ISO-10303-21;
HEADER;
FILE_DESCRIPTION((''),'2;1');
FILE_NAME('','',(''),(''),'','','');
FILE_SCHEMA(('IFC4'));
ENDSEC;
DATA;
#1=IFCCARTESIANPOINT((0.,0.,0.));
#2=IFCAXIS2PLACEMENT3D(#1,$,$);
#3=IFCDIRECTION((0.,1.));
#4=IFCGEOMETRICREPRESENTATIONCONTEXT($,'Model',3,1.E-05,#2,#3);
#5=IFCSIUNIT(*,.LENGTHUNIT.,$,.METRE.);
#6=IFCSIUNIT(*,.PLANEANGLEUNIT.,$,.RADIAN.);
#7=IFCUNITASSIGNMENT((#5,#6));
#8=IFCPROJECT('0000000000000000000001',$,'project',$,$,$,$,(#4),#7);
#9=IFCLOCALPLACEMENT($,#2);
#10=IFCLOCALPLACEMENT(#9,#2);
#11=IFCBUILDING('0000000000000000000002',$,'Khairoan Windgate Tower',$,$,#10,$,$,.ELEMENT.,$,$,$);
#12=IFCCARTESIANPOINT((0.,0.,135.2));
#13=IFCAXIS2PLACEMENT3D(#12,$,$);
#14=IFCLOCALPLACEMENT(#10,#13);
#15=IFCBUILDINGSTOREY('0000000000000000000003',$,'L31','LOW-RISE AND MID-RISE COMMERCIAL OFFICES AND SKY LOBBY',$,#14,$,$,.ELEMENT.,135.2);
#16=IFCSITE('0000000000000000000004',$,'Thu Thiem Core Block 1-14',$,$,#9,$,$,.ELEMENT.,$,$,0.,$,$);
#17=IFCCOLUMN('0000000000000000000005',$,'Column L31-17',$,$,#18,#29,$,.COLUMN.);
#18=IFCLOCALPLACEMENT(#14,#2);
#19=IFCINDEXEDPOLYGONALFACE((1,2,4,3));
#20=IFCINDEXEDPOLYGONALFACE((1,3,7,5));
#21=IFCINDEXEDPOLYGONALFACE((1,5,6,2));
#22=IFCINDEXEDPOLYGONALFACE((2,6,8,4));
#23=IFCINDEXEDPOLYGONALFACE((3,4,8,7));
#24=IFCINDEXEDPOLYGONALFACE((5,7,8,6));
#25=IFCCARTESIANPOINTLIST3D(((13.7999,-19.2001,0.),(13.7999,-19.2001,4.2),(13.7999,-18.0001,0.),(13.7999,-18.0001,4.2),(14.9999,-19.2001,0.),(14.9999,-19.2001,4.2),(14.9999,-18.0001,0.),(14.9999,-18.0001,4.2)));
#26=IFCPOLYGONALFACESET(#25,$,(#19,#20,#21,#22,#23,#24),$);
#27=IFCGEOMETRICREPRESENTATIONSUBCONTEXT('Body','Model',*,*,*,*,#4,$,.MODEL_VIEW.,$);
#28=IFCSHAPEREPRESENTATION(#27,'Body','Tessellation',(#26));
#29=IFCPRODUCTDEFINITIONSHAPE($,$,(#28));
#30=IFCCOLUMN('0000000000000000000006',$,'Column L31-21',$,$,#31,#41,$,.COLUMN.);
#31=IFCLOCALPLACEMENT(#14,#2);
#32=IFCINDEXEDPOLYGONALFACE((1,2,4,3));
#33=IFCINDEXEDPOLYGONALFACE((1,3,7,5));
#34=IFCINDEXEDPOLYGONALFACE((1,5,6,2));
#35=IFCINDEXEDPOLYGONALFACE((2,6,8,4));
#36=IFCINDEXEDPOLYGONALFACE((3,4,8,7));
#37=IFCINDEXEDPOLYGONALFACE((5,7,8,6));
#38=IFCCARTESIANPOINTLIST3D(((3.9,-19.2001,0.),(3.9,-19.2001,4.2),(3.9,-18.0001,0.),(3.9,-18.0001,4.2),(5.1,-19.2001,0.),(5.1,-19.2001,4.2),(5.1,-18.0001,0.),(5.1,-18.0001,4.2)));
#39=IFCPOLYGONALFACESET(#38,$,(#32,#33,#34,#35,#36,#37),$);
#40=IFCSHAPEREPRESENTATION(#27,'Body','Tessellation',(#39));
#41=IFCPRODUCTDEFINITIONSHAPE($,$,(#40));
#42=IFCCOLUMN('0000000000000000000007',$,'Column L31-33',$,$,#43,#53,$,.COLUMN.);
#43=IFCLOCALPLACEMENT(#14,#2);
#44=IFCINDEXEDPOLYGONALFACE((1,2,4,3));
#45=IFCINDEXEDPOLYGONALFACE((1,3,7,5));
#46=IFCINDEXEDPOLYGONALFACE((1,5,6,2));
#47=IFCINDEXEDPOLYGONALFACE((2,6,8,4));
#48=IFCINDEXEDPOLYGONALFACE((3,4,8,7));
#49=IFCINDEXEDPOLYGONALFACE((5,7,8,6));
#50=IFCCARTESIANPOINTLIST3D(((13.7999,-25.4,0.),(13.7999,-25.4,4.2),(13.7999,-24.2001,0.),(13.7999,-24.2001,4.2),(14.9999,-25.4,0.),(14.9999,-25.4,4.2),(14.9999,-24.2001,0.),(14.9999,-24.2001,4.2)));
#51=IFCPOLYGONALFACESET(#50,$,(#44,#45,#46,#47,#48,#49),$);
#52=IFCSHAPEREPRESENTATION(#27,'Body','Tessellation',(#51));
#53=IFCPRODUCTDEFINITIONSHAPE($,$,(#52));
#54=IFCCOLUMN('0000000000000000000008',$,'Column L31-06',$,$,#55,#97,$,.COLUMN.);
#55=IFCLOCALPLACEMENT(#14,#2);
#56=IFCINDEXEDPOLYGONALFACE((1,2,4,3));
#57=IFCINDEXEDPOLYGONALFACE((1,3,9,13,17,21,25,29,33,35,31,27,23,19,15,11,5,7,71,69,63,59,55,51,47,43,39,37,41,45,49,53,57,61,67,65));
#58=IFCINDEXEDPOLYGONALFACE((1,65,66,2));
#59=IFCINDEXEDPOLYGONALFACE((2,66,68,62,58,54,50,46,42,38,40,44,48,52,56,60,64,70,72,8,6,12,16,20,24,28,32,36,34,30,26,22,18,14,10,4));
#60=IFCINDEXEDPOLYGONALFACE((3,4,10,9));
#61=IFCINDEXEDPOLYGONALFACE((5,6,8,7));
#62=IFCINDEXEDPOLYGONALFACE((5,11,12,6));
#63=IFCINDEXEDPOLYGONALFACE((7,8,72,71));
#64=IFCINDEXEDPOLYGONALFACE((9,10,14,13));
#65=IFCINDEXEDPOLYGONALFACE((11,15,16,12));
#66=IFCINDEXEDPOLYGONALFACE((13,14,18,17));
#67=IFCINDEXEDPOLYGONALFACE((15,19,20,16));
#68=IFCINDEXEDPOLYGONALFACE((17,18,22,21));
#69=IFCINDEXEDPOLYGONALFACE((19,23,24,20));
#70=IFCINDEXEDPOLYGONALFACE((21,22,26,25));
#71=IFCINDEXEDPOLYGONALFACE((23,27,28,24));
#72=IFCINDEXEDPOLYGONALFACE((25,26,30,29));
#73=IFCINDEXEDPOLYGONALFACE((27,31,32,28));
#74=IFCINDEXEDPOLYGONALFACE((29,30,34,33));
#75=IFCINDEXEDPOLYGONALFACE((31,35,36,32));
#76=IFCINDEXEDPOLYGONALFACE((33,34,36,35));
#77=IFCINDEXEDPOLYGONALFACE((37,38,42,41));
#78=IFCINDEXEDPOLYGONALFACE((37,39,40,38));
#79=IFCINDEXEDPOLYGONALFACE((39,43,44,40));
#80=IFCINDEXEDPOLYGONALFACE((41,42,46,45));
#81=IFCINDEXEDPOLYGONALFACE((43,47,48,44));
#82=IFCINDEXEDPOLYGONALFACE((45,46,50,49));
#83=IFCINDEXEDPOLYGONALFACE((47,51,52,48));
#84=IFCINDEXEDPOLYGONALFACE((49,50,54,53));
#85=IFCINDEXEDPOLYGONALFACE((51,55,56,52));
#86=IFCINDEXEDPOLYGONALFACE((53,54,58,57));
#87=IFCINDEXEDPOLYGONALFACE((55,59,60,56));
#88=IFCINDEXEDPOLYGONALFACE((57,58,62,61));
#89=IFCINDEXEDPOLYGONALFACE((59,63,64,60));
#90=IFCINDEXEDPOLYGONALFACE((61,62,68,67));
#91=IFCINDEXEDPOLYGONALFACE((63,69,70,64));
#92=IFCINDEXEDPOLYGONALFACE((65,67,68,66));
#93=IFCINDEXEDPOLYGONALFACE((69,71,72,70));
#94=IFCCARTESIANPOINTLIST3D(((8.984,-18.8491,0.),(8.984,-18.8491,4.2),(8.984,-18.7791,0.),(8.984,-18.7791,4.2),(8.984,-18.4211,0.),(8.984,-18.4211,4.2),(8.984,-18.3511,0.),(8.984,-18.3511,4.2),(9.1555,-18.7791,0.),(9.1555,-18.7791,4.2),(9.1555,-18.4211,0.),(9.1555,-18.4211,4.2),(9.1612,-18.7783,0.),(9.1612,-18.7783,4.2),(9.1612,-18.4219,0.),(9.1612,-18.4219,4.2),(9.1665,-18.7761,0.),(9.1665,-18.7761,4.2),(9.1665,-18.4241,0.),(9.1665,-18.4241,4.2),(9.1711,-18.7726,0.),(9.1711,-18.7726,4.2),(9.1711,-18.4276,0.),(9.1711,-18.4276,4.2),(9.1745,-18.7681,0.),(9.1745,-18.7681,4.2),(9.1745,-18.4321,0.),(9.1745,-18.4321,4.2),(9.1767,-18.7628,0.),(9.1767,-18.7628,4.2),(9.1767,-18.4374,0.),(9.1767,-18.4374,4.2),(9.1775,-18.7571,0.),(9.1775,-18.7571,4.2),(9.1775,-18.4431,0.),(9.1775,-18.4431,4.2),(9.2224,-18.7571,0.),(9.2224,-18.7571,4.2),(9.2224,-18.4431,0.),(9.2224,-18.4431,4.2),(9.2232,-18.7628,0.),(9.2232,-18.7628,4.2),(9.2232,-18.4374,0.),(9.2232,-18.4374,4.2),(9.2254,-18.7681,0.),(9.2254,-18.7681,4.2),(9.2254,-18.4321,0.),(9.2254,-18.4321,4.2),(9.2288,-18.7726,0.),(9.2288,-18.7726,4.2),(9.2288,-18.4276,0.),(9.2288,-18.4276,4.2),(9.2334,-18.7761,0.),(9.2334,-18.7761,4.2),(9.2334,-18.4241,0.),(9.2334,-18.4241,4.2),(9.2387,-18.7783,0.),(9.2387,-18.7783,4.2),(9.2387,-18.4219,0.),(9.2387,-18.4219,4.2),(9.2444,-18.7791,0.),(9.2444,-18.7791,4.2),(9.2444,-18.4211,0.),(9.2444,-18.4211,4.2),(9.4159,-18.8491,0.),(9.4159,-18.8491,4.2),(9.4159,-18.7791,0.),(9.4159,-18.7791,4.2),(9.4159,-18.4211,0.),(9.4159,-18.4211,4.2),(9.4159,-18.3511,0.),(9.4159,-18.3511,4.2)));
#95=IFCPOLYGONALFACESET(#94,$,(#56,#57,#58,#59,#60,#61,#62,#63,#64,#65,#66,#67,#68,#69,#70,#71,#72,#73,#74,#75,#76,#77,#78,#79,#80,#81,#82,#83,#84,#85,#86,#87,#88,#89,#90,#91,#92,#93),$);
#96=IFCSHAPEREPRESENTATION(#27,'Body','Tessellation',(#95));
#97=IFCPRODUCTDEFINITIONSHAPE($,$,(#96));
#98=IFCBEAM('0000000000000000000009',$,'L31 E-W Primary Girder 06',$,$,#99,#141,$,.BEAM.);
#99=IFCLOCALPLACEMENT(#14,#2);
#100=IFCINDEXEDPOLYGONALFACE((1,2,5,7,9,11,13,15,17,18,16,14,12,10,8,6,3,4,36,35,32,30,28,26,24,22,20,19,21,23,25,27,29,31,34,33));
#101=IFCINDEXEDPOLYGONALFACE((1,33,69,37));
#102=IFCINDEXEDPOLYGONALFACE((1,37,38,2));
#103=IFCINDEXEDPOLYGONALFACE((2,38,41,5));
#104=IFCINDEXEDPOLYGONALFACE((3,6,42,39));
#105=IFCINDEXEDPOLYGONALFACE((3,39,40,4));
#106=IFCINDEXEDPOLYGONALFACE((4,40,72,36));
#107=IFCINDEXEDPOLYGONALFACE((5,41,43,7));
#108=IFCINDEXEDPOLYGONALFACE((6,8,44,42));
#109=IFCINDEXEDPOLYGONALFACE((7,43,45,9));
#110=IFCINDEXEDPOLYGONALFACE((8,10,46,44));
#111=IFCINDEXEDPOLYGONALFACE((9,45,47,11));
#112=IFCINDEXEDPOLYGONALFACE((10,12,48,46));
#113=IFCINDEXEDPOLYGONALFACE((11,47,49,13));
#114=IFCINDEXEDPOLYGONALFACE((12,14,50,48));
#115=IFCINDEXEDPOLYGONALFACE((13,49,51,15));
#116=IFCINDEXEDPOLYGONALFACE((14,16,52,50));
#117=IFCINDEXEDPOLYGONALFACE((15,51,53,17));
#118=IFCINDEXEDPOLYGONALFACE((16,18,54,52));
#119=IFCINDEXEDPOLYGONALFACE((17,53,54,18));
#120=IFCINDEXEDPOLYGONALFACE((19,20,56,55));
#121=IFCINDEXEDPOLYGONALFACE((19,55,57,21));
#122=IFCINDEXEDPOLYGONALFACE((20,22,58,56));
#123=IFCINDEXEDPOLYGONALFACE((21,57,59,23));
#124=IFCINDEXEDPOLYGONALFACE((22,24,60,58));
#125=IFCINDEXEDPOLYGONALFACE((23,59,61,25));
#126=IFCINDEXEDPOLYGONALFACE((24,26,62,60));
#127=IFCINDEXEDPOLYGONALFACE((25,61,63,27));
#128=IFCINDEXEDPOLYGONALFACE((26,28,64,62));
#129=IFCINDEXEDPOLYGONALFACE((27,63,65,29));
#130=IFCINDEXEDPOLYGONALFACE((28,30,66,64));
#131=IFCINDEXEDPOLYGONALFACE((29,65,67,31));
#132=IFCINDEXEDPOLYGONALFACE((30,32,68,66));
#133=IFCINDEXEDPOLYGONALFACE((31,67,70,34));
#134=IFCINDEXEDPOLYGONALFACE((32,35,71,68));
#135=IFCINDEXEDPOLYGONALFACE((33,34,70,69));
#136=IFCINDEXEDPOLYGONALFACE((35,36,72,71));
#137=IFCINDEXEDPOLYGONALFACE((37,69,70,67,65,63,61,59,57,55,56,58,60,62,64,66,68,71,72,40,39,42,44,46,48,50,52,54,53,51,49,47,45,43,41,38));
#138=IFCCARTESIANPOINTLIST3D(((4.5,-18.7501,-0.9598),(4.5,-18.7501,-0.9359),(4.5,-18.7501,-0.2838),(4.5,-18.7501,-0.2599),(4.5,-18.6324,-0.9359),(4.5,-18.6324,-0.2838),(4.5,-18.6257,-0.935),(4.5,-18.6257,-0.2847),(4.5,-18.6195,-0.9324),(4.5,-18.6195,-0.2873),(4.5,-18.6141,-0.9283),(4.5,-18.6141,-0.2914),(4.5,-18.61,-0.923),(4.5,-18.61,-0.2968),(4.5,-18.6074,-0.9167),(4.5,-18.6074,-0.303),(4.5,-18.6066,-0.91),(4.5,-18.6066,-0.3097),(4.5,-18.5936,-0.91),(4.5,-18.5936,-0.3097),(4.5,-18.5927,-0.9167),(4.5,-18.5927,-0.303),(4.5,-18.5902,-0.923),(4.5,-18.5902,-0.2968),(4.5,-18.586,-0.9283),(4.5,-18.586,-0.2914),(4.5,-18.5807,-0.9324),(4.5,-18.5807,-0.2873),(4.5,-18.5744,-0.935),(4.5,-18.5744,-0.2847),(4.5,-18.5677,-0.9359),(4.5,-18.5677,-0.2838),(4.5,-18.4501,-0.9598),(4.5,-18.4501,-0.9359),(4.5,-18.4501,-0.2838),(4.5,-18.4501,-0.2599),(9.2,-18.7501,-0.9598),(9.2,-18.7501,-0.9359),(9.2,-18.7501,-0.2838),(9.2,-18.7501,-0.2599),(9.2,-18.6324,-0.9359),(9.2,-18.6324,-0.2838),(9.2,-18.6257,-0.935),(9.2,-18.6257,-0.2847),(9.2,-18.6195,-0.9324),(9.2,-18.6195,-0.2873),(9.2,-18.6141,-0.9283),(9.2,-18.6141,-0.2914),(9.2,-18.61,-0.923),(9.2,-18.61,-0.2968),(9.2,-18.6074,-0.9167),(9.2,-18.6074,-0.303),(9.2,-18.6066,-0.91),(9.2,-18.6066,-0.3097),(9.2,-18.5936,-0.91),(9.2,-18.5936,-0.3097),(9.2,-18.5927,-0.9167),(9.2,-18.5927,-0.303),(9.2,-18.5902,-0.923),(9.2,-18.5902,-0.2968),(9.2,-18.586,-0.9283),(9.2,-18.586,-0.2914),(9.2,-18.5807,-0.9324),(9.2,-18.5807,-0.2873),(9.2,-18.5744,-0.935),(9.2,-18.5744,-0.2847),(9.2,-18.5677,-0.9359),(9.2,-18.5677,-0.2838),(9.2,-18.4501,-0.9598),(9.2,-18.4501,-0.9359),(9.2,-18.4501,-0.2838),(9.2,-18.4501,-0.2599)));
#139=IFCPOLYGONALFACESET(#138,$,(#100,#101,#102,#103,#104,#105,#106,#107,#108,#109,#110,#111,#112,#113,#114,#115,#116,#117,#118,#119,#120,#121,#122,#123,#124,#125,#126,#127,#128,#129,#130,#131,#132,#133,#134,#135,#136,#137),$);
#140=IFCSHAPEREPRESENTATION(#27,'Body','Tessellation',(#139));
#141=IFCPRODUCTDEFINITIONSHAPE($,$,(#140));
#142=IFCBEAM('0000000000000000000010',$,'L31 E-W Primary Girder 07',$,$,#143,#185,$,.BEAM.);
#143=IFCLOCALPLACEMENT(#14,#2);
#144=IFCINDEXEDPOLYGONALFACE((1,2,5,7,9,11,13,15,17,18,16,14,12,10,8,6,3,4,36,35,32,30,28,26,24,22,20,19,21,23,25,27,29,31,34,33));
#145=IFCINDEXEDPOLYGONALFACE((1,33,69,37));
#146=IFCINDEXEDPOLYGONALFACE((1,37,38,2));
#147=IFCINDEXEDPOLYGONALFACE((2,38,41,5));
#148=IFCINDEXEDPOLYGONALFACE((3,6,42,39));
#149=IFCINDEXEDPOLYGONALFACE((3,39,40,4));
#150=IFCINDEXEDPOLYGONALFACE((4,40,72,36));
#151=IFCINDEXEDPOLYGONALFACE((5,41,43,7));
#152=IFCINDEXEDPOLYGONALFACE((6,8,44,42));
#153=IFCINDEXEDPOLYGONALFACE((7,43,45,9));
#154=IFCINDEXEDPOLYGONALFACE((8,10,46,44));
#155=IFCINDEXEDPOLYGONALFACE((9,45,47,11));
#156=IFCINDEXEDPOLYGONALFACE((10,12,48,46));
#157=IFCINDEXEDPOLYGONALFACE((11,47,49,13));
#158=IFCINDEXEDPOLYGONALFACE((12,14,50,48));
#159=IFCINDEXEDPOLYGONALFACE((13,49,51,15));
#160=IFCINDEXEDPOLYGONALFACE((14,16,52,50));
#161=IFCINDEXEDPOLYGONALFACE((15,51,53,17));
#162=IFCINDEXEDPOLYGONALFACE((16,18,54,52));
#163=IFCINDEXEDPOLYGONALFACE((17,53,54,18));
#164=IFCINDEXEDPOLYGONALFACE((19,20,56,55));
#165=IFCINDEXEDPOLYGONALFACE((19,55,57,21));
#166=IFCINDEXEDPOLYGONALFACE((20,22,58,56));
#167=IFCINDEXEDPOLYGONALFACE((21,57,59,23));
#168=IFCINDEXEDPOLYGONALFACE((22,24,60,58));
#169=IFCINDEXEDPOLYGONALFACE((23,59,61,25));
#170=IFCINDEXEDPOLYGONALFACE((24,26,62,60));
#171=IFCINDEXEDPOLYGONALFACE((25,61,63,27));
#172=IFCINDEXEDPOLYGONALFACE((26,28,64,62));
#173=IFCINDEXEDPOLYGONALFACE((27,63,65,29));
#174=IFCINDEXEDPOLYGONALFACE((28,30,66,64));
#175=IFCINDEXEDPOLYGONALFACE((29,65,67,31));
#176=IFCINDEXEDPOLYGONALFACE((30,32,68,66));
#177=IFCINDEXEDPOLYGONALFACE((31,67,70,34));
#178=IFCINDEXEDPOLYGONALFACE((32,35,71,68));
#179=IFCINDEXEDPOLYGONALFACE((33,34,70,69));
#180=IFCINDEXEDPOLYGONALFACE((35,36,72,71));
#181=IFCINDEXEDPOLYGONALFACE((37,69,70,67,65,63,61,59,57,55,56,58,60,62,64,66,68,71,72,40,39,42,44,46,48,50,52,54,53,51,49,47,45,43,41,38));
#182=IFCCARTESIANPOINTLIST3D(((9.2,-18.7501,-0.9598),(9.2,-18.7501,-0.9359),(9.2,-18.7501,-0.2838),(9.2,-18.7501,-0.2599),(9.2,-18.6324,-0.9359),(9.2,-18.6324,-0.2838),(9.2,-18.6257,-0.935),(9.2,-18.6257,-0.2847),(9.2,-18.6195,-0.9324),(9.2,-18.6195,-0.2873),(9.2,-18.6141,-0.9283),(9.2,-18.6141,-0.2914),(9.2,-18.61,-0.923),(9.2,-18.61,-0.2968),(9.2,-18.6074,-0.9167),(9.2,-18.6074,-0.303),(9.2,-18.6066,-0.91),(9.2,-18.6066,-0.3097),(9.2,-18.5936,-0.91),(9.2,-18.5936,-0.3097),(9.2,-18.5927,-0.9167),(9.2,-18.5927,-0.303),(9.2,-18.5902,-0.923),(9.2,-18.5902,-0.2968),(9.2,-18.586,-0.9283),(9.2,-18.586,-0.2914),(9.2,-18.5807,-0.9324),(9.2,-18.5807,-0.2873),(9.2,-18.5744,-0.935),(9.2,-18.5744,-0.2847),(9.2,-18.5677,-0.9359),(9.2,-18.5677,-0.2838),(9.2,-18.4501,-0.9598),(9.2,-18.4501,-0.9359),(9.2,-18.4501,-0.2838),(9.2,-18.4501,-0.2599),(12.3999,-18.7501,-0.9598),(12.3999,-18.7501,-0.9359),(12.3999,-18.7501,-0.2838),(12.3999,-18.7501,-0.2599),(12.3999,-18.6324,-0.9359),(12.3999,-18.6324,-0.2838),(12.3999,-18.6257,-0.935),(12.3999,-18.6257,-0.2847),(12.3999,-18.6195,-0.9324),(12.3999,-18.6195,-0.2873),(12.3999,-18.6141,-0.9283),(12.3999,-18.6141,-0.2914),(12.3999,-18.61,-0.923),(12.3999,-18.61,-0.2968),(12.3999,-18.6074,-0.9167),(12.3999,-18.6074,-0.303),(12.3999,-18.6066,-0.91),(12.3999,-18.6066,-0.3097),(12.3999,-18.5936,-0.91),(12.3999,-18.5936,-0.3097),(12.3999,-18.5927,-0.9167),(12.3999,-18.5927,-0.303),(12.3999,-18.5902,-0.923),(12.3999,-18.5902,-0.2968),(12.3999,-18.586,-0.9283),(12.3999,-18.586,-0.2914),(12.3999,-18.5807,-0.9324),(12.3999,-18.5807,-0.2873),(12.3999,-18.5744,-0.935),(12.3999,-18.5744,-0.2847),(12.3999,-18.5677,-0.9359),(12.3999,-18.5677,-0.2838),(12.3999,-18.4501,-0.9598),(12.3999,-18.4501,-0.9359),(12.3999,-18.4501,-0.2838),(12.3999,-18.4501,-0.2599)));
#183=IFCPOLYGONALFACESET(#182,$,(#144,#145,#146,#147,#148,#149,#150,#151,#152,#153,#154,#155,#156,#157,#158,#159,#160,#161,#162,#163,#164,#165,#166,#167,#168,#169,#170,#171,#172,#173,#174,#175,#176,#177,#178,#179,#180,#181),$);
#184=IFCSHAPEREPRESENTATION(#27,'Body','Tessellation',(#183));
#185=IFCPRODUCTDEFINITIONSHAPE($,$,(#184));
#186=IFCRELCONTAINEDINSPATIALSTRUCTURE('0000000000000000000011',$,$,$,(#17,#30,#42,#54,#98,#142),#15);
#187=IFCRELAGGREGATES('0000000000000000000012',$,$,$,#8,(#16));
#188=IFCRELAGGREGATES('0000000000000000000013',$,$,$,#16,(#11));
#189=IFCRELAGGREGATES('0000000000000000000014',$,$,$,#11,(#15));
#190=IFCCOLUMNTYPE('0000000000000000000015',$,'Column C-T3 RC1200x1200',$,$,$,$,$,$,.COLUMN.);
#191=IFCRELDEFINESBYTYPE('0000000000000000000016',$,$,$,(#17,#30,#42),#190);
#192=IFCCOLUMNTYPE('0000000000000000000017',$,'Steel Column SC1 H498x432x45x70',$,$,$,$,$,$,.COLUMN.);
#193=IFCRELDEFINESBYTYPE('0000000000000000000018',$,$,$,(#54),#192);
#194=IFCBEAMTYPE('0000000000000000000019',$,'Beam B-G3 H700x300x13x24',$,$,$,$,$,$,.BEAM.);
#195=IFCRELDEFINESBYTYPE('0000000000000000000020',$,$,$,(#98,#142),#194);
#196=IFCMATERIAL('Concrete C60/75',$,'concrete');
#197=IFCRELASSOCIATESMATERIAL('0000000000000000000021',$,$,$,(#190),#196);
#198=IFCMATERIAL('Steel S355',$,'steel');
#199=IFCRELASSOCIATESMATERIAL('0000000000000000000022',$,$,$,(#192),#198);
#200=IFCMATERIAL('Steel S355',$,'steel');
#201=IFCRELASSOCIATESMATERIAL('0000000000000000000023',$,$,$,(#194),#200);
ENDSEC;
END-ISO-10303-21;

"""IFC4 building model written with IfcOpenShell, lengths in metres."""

from ifc_helpers import new_model, si_unit, direction, frame, origin, origin_2d, place, context, subcontext, project, spatial, rectangle, i_section, extrude, material, material_profile, profile_set, type_object, element, save


model = new_model("IFC4")

# Units and contexts
model_context = context("Model", 3, precision=1e-05, world=origin(), true_north=direction((0.0, 1.0)))
body_context = subcontext(model_context, "Body", "Model", "MODEL_VIEW")
ifc_project = project(units=[si_unit("LENGTHUNIT", "METRE"), si_unit("PLANEANGLEUNIT", "RADIAN")], contexts=[model_context])

# Site, building, storey
site_placement = place(None, origin())
site = spatial("IfcSite", under=ifc_project, at=site_placement, Name="Thu Thiem Core Block 1-14", CompositionType="ELEMENT", RefElevation=0.0)
building_placement = place(site_placement, origin())
building = spatial("IfcBuilding", under=site, at=building_placement, Name="Khairoan Windgate Tower", CompositionType="ELEMENT")
storey_placement = place(building_placement, frame((0.0, 0.0, 135.2)))
storey = spatial("IfcBuildingStorey", under=building, at=storey_placement, Name="L31", Description="LOW-RISE AND MID-RISE COMMERCIAL OFFICES AND SKY LOBBY", CompositionType="ELEMENT", Elevation=135.2)

# Columns
ifc_material_1 = material(Name="Concrete C60/75", Category="concrete")
ifc_material_profile_1 = material_profile(ifc_material_1, rectangle(XDim=1.2, YDim=1.2, at=origin_2d()))
ifc_profile_set_1 = profile_set([ifc_material_profile_1], Name="Concrete C60/75")
column_type_1 = type_object("IfcColumnType", Name="Column C-T3 RC1200x1200", PredefinedType="COLUMN", material=ifc_profile_set_1)
for number, where, z_axis, x_axis, name in (
    (1, (14.3999, -18.6001, 0.0), (0.0, 0.0, 1.0), (1.0, 0.0, 0.0), "Column L31-17"),
    (2, (4.5, -18.6001, 0.0), (0.0, 0.0, 1.0), (1.0, 0.0, 0.0), "Column L31-21"),
    (3, (14.3999, -24.8, 0.0), (0.0, 0.0, 1.0), (1.0, 0.0, 0.0), "Column L31-33"),
):
    element("IfcColumn", number, at=place(storey_placement, frame(where, z_axis=z_axis, x_axis=x_axis)), inside=storey, type_object=column_type_1, Name=name, PredefinedType="COLUMN", context=body_context, shape_type="SweptSolid", body=[
        extrude(rectangle(XDim=1.2, YDim=1.2, at=origin_2d()), origin(), (0.0, 0.0, 1.0), 4.2),
    ])
ifc_material_2 = material(Name="Steel S355", Category="steel")
ifc_material_profile_2 = material_profile(ifc_material_2, i_section(OverallWidth=0.4319, OverallDepth=0.498, WebThickness=0.0449, FlangeThickness=0.0701, FilletRadius=0.022, at=origin_2d()))
ifc_profile_set_2 = profile_set([ifc_material_profile_2], Name="Steel S355")
column_type_2 = type_object("IfcColumnType", Name="Steel Column SC1 H498x432x45x70", PredefinedType="COLUMN", material=ifc_profile_set_2)
column_placement = place(storey_placement, frame((9.2, -18.6001, 0.0), z_axis=(0.0, 0.0, 1.0), x_axis=(1.0, 0.0, 0.0)))
element("IfcColumn", 4, at=column_placement, inside=storey, type_object=column_type_2, Name="Column L31-06", PredefinedType="COLUMN", context=body_context, shape_type="SweptSolid", body=[
    extrude(i_section(OverallWidth=0.4319, OverallDepth=0.498, WebThickness=0.0449, FlangeThickness=0.0701, FilletRadius=0.022, at=origin_2d()), origin(), (0.0, 0.0, 1.0), 4.2),
])

# Beams
ifc_material_3 = material(Name="Steel S355", Category="steel")
ifc_material_profile_3 = material_profile(ifc_material_3, i_section(OverallWidth=0.3, OverallDepth=0.7, WebThickness=0.0129, FlangeThickness=0.0239, FilletRadius=0.0259, at=origin_2d()))
ifc_profile_set_3 = profile_set([ifc_material_profile_3], Name="Steel S355")
beam_type = type_object("IfcBeamType", Name="Beam B-G3 H700x300x13x24", PredefinedType="BEAM", material=ifc_profile_set_3)
beam_1_placement = place(storey_placement, frame((4.5, -18.6001, -0.6099), z_axis=(1.0, 0.0, 0.0), x_axis=(0.0, 1.0, 0.0)))
element("IfcBeam", 5, at=beam_1_placement, inside=storey, type_object=beam_type, Name="L31 E-W Primary Girder 06", PredefinedType="BEAM", context=body_context, shape_type="SweptSolid", body=[
    extrude(i_section(OverallWidth=0.3, OverallDepth=0.7, WebThickness=0.0129, FlangeThickness=0.0239, FilletRadius=0.0259, at=origin_2d()), origin(), (0.0, 0.0, 1.0), 4.7),
])
beam_2_placement = place(storey_placement, frame((9.2, -18.6001, -0.6099), z_axis=(1.0, 0.0, 0.0), x_axis=(0.0, 1.0, 0.0)))
element("IfcBeam", 6, at=beam_2_placement, inside=storey, type_object=beam_type, Name="L31 E-W Primary Girder 07", PredefinedType="BEAM", context=body_context, shape_type="SweptSolid", body=[
    extrude(i_section(OverallWidth=0.3, OverallDepth=0.7, WebThickness=0.0129, FlangeThickness=0.0239, FilletRadius=0.0259, at=origin_2d()), origin(), (0.0, 0.0, 1.0), 3.2),
])

save(model, "model.ifc")
